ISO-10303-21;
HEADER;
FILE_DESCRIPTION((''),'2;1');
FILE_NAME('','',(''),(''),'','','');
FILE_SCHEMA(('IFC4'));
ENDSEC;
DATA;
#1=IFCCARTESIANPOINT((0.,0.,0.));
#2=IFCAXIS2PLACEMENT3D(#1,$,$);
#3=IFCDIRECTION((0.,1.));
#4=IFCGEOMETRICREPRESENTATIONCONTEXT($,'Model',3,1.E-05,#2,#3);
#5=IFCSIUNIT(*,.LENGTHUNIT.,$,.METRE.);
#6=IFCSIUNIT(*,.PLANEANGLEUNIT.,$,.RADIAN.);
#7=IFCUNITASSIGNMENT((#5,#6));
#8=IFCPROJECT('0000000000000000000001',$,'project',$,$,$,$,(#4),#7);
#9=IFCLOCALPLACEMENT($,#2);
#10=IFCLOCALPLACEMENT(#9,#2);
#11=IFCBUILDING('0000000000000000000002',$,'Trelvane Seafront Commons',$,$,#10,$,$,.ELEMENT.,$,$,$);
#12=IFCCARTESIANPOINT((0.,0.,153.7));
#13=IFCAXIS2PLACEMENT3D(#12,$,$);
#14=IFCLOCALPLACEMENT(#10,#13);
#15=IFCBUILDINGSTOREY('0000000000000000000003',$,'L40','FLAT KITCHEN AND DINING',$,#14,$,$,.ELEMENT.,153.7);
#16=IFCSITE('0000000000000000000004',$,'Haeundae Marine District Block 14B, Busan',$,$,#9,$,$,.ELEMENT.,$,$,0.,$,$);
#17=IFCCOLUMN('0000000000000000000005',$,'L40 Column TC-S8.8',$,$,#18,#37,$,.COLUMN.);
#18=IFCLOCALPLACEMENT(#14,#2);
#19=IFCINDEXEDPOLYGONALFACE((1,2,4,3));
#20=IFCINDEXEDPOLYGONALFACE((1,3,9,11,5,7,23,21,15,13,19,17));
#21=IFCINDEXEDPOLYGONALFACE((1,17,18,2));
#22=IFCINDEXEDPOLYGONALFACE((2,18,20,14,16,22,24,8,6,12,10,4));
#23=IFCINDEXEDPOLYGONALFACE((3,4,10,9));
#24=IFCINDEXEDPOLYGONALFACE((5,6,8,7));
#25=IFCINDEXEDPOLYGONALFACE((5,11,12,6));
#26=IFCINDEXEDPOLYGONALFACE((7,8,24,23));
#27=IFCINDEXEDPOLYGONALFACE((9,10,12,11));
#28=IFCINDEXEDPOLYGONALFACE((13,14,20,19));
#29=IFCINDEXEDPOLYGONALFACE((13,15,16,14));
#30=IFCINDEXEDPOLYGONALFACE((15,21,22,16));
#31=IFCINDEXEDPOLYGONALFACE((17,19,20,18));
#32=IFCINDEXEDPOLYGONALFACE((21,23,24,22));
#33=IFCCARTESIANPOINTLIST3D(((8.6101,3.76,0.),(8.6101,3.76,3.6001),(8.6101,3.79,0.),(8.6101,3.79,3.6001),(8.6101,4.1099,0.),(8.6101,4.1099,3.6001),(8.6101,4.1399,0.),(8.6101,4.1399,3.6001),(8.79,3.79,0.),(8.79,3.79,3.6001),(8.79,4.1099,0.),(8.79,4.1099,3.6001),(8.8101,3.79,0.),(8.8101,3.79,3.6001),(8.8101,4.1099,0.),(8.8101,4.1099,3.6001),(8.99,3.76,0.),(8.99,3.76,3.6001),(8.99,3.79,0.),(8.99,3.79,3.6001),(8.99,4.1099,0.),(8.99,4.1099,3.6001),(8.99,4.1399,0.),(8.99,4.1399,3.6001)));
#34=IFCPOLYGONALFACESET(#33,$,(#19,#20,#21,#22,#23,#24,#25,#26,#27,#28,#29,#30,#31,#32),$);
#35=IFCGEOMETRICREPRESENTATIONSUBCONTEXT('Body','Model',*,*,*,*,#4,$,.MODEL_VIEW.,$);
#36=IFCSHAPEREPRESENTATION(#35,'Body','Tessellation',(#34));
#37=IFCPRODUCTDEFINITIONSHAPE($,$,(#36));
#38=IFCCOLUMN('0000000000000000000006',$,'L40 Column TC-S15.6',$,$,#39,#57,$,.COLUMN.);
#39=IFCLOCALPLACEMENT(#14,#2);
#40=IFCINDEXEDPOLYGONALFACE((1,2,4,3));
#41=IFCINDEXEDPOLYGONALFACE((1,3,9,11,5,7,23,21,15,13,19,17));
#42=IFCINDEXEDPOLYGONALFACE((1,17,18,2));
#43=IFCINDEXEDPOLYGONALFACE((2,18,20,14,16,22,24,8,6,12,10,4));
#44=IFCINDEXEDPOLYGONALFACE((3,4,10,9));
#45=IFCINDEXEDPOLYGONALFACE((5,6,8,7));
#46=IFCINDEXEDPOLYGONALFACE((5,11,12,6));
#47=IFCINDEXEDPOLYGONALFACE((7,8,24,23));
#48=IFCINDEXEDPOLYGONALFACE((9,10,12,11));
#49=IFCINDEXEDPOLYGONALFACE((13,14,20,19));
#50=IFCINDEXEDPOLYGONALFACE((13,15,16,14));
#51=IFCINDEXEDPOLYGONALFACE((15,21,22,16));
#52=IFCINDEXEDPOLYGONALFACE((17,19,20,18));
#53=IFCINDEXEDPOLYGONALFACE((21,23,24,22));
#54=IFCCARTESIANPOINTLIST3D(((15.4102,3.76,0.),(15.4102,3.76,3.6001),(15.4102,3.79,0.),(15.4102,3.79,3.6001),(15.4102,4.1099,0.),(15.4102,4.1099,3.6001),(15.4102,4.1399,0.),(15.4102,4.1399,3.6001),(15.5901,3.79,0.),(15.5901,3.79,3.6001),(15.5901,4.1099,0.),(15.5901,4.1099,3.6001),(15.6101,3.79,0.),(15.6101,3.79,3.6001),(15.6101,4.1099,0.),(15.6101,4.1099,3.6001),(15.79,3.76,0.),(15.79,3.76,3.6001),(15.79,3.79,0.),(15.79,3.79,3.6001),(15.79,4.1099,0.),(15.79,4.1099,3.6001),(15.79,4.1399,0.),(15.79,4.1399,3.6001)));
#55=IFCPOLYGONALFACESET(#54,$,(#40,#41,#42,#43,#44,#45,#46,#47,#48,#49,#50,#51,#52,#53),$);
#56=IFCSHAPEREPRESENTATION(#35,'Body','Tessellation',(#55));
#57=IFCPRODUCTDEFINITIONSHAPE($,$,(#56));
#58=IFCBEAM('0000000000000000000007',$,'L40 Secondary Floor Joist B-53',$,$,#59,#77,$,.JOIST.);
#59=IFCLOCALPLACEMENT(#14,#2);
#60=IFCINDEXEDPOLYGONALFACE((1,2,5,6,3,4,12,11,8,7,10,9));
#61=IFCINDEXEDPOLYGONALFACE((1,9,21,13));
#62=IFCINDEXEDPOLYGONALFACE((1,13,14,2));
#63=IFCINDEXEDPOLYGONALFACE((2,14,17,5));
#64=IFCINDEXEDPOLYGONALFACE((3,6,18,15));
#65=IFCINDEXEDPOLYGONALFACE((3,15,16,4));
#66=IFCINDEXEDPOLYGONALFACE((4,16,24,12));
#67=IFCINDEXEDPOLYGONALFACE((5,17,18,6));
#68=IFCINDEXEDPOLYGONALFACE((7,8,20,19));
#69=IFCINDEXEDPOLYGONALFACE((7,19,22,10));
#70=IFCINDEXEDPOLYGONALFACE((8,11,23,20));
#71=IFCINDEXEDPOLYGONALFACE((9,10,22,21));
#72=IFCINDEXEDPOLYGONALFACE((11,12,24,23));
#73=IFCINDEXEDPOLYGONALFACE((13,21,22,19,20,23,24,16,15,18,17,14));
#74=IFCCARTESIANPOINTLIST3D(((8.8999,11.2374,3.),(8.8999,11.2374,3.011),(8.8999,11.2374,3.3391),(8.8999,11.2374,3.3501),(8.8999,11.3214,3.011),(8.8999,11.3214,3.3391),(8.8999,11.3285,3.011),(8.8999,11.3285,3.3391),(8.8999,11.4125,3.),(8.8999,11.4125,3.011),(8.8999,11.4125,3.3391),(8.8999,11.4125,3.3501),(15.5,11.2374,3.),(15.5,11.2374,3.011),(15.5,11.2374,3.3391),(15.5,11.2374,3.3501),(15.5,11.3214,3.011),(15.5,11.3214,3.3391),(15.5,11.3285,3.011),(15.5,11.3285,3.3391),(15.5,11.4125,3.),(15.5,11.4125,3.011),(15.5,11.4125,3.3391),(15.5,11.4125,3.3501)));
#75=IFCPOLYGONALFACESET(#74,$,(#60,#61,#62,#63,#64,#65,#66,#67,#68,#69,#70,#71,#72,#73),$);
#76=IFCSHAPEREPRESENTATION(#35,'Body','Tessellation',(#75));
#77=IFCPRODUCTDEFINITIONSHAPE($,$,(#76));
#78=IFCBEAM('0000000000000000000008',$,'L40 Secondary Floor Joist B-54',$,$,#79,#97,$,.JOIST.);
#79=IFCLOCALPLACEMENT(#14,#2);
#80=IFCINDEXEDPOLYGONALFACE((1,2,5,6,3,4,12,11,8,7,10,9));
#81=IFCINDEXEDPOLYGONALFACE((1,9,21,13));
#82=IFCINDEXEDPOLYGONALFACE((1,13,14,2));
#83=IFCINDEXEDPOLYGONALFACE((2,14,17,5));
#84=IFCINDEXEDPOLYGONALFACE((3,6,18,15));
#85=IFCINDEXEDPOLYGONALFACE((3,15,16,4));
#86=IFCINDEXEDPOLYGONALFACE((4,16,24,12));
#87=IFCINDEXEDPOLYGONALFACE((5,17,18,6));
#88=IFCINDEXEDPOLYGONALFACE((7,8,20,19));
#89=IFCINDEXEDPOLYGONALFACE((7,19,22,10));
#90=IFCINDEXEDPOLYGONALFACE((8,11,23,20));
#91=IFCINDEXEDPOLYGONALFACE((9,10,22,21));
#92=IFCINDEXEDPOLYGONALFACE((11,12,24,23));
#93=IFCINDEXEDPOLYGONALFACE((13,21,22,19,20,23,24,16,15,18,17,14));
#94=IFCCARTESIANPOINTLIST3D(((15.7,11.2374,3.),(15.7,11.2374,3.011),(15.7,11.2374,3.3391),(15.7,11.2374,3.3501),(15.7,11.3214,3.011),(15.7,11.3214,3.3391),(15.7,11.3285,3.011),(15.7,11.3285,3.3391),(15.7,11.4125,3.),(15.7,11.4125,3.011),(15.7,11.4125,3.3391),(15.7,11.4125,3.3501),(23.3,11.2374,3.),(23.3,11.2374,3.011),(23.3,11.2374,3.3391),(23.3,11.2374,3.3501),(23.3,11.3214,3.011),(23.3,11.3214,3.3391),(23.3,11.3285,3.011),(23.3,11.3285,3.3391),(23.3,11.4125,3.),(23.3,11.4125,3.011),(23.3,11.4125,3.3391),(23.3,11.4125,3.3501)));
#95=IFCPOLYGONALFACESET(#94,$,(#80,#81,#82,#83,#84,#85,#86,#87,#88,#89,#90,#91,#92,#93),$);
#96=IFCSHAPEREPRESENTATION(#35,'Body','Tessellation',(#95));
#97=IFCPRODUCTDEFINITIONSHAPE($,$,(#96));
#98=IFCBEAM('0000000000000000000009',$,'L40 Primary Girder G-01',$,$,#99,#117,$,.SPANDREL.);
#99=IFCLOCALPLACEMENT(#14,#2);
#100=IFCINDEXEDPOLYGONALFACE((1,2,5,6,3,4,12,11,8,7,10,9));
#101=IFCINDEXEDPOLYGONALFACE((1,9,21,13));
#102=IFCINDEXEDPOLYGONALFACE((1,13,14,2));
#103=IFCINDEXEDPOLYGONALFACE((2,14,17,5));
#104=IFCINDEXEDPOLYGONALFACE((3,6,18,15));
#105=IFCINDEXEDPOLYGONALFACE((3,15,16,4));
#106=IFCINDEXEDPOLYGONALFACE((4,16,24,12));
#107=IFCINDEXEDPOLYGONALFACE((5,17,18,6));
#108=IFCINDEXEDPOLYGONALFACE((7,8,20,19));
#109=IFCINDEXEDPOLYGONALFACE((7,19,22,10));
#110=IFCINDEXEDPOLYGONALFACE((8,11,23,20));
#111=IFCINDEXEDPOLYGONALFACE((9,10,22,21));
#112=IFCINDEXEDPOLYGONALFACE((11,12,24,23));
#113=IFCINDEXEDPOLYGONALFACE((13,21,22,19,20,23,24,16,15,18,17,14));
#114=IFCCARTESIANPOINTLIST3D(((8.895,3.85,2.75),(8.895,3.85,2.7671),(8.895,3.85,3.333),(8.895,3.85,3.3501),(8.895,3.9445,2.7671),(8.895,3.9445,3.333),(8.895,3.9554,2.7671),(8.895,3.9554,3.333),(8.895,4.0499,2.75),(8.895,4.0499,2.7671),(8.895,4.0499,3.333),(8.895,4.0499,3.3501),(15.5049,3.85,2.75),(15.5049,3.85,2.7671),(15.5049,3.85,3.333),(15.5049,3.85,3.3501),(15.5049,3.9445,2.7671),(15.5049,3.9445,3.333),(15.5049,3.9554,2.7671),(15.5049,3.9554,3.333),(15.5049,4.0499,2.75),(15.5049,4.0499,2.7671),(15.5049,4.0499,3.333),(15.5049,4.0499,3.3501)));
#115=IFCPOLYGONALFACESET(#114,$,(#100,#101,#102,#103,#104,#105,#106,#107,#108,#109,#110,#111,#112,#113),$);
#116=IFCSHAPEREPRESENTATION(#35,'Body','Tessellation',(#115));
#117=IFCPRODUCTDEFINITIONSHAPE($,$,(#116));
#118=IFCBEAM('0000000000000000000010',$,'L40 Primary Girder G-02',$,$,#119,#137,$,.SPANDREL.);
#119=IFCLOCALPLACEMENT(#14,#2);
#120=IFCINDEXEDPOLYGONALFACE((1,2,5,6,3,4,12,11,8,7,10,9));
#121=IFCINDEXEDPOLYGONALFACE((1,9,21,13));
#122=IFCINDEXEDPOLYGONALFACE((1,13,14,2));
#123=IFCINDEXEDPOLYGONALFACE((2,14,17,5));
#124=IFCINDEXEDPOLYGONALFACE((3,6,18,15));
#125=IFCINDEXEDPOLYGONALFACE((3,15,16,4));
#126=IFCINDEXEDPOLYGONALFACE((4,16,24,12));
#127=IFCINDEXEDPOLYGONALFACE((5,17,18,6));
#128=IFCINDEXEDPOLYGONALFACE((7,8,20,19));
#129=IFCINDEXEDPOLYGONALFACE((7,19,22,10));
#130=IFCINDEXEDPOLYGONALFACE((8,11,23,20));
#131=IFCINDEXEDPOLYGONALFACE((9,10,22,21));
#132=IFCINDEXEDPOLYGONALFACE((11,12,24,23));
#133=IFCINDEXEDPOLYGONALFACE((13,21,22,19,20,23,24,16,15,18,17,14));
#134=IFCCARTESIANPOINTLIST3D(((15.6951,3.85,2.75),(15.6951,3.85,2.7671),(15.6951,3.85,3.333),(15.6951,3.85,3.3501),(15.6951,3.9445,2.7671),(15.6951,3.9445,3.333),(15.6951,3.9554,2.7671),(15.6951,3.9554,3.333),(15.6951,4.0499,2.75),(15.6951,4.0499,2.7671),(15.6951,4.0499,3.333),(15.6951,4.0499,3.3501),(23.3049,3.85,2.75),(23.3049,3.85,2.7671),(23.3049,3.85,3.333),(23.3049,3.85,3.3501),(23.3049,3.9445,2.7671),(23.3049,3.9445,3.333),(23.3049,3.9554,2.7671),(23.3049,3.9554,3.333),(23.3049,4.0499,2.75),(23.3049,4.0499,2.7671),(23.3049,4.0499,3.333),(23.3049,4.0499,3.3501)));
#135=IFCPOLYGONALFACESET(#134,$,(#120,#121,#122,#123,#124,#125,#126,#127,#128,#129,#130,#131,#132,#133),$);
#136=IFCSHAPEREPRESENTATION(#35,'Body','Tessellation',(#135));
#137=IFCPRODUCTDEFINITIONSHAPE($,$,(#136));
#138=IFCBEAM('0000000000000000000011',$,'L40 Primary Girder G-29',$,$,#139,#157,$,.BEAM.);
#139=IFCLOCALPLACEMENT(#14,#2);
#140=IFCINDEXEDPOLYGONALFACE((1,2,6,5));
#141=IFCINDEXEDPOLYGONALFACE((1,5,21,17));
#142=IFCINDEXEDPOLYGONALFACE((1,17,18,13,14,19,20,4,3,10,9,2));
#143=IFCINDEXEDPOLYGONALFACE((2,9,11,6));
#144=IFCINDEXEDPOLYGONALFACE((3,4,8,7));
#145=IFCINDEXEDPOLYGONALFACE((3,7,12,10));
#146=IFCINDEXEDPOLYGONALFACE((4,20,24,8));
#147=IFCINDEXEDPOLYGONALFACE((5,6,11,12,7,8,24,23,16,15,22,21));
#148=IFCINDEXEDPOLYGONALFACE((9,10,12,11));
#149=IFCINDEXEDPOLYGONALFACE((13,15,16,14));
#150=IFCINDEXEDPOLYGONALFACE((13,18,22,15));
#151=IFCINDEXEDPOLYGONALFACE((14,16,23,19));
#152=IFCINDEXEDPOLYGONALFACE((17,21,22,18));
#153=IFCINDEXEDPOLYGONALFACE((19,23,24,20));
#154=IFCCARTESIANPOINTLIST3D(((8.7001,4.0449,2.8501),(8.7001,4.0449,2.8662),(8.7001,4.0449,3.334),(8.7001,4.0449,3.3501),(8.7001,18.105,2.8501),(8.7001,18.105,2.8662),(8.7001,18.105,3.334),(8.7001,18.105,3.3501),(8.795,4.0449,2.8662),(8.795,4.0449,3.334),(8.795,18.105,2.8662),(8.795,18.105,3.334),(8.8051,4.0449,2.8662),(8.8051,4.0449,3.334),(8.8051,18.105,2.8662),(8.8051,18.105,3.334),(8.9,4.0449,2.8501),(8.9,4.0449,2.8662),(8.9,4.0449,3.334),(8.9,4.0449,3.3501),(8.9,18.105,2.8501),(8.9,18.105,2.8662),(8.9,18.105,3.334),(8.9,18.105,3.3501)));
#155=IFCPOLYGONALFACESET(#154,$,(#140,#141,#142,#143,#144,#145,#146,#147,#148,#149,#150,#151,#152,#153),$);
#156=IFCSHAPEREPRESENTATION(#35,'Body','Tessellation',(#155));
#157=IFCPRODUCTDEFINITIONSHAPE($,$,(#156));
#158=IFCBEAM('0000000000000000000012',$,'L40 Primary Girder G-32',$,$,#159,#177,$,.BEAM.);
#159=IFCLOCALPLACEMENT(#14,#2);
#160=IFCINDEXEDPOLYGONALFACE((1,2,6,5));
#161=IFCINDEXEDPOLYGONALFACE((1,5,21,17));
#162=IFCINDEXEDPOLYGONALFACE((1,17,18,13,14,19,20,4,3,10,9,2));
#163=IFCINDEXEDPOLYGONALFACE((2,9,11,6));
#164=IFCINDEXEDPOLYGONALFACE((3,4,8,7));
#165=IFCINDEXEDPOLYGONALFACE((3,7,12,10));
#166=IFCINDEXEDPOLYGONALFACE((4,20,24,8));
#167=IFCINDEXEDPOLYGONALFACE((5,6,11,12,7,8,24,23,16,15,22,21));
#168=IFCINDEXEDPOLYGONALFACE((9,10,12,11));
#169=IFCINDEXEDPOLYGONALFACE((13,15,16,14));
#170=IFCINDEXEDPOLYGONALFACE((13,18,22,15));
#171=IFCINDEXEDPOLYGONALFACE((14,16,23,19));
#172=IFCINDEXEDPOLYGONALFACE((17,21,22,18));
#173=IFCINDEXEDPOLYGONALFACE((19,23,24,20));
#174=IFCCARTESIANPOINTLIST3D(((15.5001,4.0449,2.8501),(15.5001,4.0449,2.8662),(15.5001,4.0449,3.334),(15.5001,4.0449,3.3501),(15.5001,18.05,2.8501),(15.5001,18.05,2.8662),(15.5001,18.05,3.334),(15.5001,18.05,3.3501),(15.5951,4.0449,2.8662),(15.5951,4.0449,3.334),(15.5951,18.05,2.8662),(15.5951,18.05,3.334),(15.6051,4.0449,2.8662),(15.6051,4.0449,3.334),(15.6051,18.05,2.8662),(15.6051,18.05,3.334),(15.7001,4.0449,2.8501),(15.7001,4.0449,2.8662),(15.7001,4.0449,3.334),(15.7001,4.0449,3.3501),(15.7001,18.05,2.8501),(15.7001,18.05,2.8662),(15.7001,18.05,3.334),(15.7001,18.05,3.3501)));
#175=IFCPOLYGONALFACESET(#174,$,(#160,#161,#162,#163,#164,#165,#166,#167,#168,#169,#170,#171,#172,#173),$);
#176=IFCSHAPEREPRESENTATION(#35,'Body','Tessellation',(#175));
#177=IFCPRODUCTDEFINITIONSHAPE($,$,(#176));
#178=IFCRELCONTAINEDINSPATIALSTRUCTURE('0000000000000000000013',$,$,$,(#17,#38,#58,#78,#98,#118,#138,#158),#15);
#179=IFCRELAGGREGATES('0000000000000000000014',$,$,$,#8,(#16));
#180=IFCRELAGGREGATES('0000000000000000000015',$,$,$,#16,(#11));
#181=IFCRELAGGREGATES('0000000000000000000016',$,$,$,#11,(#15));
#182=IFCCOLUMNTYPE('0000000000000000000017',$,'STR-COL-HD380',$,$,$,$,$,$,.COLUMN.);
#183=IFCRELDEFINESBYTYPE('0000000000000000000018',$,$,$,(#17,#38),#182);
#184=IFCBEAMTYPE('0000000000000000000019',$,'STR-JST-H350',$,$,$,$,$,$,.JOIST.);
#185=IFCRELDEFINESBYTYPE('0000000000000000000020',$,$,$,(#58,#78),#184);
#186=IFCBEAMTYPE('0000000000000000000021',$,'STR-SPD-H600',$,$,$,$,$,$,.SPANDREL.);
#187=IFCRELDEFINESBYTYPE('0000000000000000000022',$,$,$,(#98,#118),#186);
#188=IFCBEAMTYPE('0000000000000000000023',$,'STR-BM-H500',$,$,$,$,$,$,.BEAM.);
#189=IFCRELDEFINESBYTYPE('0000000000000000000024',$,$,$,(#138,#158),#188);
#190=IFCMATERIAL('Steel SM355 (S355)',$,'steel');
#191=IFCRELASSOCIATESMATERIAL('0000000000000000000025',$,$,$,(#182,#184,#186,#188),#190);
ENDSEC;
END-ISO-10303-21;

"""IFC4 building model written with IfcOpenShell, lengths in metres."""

from ifc_helpers import new_model, si_unit, direction, frame, origin, origin_2d, place, context, subcontext, project, spatial, i_section, extrude, source, transform, mapped, material, material_profile, profile_set, type_object, element, save


model = new_model("IFC4")

# Units and contexts
model_context = context("Model", 3, precision=1e-05, world=origin(), true_north=direction((0.0, 1.0)))
body_context = subcontext(model_context, "Body", "Model", "MODEL_VIEW")
ifc_project = project(units=[si_unit("LENGTHUNIT", "METRE"), si_unit("PLANEANGLEUNIT", "RADIAN")], contexts=[model_context])

# Site, building, storey
site_placement = place(None, origin())
site = spatial("IfcSite", under=ifc_project, at=site_placement, Name="Haeundae Marine District Block 14B, Busan", CompositionType="ELEMENT", RefElevation=0.0)
building_placement = place(site_placement, origin())
building = spatial("IfcBuilding", under=site, at=building_placement, Name="Trelvane Seafront Commons", CompositionType="ELEMENT")
storey_placement = place(building_placement, frame((0.0, 0.0, 153.7)))
storey = spatial("IfcBuildingStorey", under=building, at=storey_placement, Name="L40", Description="FLAT KITCHEN AND DINING", CompositionType="ELEMENT", Elevation=153.7)

# Columns
ifc_material_1 = material(Name="Steel SM355 (S355)", Category="steel")
ifc_material_profile_1 = material_profile(ifc_material_1, i_section(OverallWidth=0.3799, OverallDepth=0.3799, WebThickness=0.02, FlangeThickness=0.03, at=origin_2d()), Name="HD-380x380x20x30")
ifc_profile_set_1 = profile_set([ifc_material_profile_1], Name="Steel SM355 (S355)")
column_type = type_object("IfcColumnType", Name="STR-COL-HD380", PredefinedType="COLUMN", material=ifc_profile_set_1)
shared_shape_1 = source(origin(), body_context, "Body", "SweptSolid", [
    extrude(i_section(OverallWidth=0.3799, OverallDepth=0.3799, WebThickness=0.02, FlangeThickness=0.03, at=origin_2d()), origin(), (0.0, 0.0, 1.0), 3.6001),
])
for number, where, z_axis, x_axis, name in (
    (1, (8.8, 3.95, 0.0), (0.0, 0.0, 1.0), (1.0, 0.0, 0.0), "L40 Column TC-S8.8"),
    (2, (15.6001, 3.95, 0.0), (0.0, 0.0, 1.0), (1.0, 0.0, 0.0), "L40 Column TC-S15.6"),
):
    element("IfcColumn", number, at=place(storey_placement, frame(where, z_axis=z_axis, x_axis=x_axis)), inside=storey, type_object=column_type, Name=name, PredefinedType="COLUMN", context=body_context, shape_type="MappedRepresentation", body=[
        mapped(shared_shape_1, transform((0.0, 0.0, 0.0), x_axis=(1.0, 0.0, 0.0), y_axis=(0.0, 1.0, 0.0), z_axis=(0.0, 0.0, 1.0), scale=1.0)),
    ])

# Beams
ifc_material_profile_2 = material_profile(ifc_material_1, i_section(OverallWidth=0.175, OverallDepth=0.3501, WebThickness=0.0071, FlangeThickness=0.011, at=origin_2d()), Name="H-350x175x7x11")
ifc_profile_set_2 = profile_set([ifc_material_profile_2], Name="Steel SM355 (S355)")
beam_type_1 = type_object("IfcBeamType", Name="STR-JST-H350", PredefinedType="JOIST", material=ifc_profile_set_2)
shared_shape_2 = source(origin(), body_context, "Body", "SweptSolid", [
    extrude(i_section(OverallWidth=0.175, OverallDepth=0.3501, WebThickness=0.0071, FlangeThickness=0.011, at=origin_2d()), origin(), (0.0, 0.0, 1.0), 6.6001),
])
beam_1_placement = place(storey_placement, frame((8.8999, 11.325, 3.175), z_axis=(1.0, 0.0, 0.0), x_axis=(0.0, 1.0, 0.0)))
element("IfcBeam", 3, at=beam_1_placement, inside=storey, type_object=beam_type_1, Name="L40 Secondary Floor Joist B-53", PredefinedType="JOIST", context=body_context, shape_type="MappedRepresentation", body=[
    mapped(shared_shape_2, transform((0.0, 0.0, 0.0), x_axis=(1.0, 0.0, 0.0), y_axis=(0.0, 1.0, 0.0), z_axis=(0.0, 0.0, 1.0), scale=1.0)),
])
shared_shape_3 = source(origin(), body_context, "Body", "SweptSolid", [
    extrude(i_section(OverallWidth=0.175, OverallDepth=0.3501, WebThickness=0.0071, FlangeThickness=0.011, at=origin_2d()), origin(), (0.0, 0.0, 1.0), 7.6001),
])
beam_2_placement = place(storey_placement, frame((15.7, 11.325, 3.175), z_axis=(1.0, 0.0, 0.0), x_axis=(0.0, 1.0, 0.0)))
element("IfcBeam", 4, at=beam_2_placement, inside=storey, type_object=beam_type_1, Name="L40 Secondary Floor Joist B-54", PredefinedType="JOIST", context=body_context, shape_type="MappedRepresentation", body=[
    mapped(shared_shape_3, transform((0.0, 0.0, 0.0), x_axis=(1.0, 0.0, 0.0), y_axis=(0.0, 1.0, 0.0), z_axis=(0.0, 0.0, 1.0), scale=1.0)),
])
ifc_material_profile_3 = material_profile(ifc_material_1, i_section(OverallWidth=0.2, OverallDepth=0.6001, WebThickness=0.011, FlangeThickness=0.0171, at=origin_2d()), Name="H-600x200x11x17")
ifc_profile_set_3 = profile_set([ifc_material_profile_3], Name="Steel SM355 (S355)")
beam_type_2 = type_object("IfcBeamType", Name="STR-SPD-H600", PredefinedType="SPANDREL", material=ifc_profile_set_3)
shared_shape_4 = source(origin(), body_context, "Body", "SweptSolid", [
    extrude(i_section(OverallWidth=0.2, OverallDepth=0.6001, WebThickness=0.011, FlangeThickness=0.0171, at=origin_2d()), origin(), (0.0, 0.0, 1.0), 6.6099),
])
beam_3_placement = place(storey_placement, frame((8.895, 3.95, 3.05), z_axis=(1.0, 0.0, 0.0), x_axis=(0.0, 1.0, 0.0)))
element("IfcBeam", 5, at=beam_3_placement, inside=storey, type_object=beam_type_2, Name="L40 Primary Girder G-01", PredefinedType="SPANDREL", context=body_context, shape_type="MappedRepresentation", body=[
    mapped(shared_shape_4, transform((0.0, 0.0, 0.0), x_axis=(1.0, 0.0, 0.0), y_axis=(0.0, 1.0, 0.0), z_axis=(0.0, 0.0, 1.0), scale=1.0)),
])
shared_shape_5 = source(origin(), body_context, "Body", "SweptSolid", [
    extrude(i_section(OverallWidth=0.2, OverallDepth=0.6001, WebThickness=0.011, FlangeThickness=0.0171, at=origin_2d()), origin(), (0.0, 0.0, 1.0), 7.6099),
])
beam_4_placement = place(storey_placement, frame((15.6951, 3.95, 3.05), z_axis=(1.0, 0.0, 0.0), x_axis=(0.0, 1.0, 0.0)))
element("IfcBeam", 6, at=beam_4_placement, inside=storey, type_object=beam_type_2, Name="L40 Primary Girder G-02", PredefinedType="SPANDREL", context=body_context, shape_type="MappedRepresentation", body=[
    mapped(shared_shape_5, transform((0.0, 0.0, 0.0), x_axis=(1.0, 0.0, 0.0), y_axis=(0.0, 1.0, 0.0), z_axis=(0.0, 0.0, 1.0), scale=1.0)),
])
ifc_material_profile_4 = material_profile(ifc_material_1, i_section(OverallWidth=0.2, OverallDepth=0.5, WebThickness=0.01, FlangeThickness=0.0161, at=origin_2d()), Name="H-500x200x10x16")
ifc_profile_set_4 = profile_set([ifc_material_profile_4], Name="Steel SM355 (S355)")
beam_type_3 = type_object("IfcBeamType", Name="STR-BM-H500", PredefinedType="BEAM", material=ifc_profile_set_4)
shared_shape_6 = source(origin(), body_context, "Body", "SweptSolid", [
    extrude(i_section(OverallWidth=0.2, OverallDepth=0.5, WebThickness=0.01, FlangeThickness=0.0161, at=origin_2d()), origin(), (0.0, 0.0, 1.0), 14.0601),
])
beam_5_placement = place(storey_placement, frame((8.8, 4.0449, 3.1001), z_axis=(0.0, 1.0, 0.0), x_axis=(-1.0, 0.0, 0.0)))
element("IfcBeam", 7, at=beam_5_placement, inside=storey, type_object=beam_type_3, Name="L40 Primary Girder G-29", PredefinedType="BEAM", context=body_context, shape_type="MappedRepresentation", body=[
    mapped(shared_shape_6, transform((0.0, 0.0, 0.0), x_axis=(1.0, 0.0, 0.0), y_axis=(0.0, 1.0, 0.0), z_axis=(0.0, 0.0, 1.0), scale=1.0)),
])
shared_shape_7 = source(origin(), body_context, "Body", "SweptSolid", [
    extrude(i_section(OverallWidth=0.2, OverallDepth=0.5, WebThickness=0.01, FlangeThickness=0.0161, at=origin_2d()), origin(), (0.0, 0.0, 1.0), 14.0051),
])
beam_6_placement = place(storey_placement, frame((15.6001, 4.0449, 3.1001), z_axis=(0.0, 1.0, 0.0), x_axis=(-1.0, 0.0, 0.0)))
element("IfcBeam", 8, at=beam_6_placement, inside=storey, type_object=beam_type_3, Name="L40 Primary Girder G-32", PredefinedType="BEAM", context=body_context, shape_type="MappedRepresentation", body=[
    mapped(shared_shape_7, transform((0.0, 0.0, 0.0), x_axis=(1.0, 0.0, 0.0), y_axis=(0.0, 1.0, 0.0), z_axis=(0.0, 0.0, 1.0), scale=1.0)),
])

save(model, "model.ifc")
